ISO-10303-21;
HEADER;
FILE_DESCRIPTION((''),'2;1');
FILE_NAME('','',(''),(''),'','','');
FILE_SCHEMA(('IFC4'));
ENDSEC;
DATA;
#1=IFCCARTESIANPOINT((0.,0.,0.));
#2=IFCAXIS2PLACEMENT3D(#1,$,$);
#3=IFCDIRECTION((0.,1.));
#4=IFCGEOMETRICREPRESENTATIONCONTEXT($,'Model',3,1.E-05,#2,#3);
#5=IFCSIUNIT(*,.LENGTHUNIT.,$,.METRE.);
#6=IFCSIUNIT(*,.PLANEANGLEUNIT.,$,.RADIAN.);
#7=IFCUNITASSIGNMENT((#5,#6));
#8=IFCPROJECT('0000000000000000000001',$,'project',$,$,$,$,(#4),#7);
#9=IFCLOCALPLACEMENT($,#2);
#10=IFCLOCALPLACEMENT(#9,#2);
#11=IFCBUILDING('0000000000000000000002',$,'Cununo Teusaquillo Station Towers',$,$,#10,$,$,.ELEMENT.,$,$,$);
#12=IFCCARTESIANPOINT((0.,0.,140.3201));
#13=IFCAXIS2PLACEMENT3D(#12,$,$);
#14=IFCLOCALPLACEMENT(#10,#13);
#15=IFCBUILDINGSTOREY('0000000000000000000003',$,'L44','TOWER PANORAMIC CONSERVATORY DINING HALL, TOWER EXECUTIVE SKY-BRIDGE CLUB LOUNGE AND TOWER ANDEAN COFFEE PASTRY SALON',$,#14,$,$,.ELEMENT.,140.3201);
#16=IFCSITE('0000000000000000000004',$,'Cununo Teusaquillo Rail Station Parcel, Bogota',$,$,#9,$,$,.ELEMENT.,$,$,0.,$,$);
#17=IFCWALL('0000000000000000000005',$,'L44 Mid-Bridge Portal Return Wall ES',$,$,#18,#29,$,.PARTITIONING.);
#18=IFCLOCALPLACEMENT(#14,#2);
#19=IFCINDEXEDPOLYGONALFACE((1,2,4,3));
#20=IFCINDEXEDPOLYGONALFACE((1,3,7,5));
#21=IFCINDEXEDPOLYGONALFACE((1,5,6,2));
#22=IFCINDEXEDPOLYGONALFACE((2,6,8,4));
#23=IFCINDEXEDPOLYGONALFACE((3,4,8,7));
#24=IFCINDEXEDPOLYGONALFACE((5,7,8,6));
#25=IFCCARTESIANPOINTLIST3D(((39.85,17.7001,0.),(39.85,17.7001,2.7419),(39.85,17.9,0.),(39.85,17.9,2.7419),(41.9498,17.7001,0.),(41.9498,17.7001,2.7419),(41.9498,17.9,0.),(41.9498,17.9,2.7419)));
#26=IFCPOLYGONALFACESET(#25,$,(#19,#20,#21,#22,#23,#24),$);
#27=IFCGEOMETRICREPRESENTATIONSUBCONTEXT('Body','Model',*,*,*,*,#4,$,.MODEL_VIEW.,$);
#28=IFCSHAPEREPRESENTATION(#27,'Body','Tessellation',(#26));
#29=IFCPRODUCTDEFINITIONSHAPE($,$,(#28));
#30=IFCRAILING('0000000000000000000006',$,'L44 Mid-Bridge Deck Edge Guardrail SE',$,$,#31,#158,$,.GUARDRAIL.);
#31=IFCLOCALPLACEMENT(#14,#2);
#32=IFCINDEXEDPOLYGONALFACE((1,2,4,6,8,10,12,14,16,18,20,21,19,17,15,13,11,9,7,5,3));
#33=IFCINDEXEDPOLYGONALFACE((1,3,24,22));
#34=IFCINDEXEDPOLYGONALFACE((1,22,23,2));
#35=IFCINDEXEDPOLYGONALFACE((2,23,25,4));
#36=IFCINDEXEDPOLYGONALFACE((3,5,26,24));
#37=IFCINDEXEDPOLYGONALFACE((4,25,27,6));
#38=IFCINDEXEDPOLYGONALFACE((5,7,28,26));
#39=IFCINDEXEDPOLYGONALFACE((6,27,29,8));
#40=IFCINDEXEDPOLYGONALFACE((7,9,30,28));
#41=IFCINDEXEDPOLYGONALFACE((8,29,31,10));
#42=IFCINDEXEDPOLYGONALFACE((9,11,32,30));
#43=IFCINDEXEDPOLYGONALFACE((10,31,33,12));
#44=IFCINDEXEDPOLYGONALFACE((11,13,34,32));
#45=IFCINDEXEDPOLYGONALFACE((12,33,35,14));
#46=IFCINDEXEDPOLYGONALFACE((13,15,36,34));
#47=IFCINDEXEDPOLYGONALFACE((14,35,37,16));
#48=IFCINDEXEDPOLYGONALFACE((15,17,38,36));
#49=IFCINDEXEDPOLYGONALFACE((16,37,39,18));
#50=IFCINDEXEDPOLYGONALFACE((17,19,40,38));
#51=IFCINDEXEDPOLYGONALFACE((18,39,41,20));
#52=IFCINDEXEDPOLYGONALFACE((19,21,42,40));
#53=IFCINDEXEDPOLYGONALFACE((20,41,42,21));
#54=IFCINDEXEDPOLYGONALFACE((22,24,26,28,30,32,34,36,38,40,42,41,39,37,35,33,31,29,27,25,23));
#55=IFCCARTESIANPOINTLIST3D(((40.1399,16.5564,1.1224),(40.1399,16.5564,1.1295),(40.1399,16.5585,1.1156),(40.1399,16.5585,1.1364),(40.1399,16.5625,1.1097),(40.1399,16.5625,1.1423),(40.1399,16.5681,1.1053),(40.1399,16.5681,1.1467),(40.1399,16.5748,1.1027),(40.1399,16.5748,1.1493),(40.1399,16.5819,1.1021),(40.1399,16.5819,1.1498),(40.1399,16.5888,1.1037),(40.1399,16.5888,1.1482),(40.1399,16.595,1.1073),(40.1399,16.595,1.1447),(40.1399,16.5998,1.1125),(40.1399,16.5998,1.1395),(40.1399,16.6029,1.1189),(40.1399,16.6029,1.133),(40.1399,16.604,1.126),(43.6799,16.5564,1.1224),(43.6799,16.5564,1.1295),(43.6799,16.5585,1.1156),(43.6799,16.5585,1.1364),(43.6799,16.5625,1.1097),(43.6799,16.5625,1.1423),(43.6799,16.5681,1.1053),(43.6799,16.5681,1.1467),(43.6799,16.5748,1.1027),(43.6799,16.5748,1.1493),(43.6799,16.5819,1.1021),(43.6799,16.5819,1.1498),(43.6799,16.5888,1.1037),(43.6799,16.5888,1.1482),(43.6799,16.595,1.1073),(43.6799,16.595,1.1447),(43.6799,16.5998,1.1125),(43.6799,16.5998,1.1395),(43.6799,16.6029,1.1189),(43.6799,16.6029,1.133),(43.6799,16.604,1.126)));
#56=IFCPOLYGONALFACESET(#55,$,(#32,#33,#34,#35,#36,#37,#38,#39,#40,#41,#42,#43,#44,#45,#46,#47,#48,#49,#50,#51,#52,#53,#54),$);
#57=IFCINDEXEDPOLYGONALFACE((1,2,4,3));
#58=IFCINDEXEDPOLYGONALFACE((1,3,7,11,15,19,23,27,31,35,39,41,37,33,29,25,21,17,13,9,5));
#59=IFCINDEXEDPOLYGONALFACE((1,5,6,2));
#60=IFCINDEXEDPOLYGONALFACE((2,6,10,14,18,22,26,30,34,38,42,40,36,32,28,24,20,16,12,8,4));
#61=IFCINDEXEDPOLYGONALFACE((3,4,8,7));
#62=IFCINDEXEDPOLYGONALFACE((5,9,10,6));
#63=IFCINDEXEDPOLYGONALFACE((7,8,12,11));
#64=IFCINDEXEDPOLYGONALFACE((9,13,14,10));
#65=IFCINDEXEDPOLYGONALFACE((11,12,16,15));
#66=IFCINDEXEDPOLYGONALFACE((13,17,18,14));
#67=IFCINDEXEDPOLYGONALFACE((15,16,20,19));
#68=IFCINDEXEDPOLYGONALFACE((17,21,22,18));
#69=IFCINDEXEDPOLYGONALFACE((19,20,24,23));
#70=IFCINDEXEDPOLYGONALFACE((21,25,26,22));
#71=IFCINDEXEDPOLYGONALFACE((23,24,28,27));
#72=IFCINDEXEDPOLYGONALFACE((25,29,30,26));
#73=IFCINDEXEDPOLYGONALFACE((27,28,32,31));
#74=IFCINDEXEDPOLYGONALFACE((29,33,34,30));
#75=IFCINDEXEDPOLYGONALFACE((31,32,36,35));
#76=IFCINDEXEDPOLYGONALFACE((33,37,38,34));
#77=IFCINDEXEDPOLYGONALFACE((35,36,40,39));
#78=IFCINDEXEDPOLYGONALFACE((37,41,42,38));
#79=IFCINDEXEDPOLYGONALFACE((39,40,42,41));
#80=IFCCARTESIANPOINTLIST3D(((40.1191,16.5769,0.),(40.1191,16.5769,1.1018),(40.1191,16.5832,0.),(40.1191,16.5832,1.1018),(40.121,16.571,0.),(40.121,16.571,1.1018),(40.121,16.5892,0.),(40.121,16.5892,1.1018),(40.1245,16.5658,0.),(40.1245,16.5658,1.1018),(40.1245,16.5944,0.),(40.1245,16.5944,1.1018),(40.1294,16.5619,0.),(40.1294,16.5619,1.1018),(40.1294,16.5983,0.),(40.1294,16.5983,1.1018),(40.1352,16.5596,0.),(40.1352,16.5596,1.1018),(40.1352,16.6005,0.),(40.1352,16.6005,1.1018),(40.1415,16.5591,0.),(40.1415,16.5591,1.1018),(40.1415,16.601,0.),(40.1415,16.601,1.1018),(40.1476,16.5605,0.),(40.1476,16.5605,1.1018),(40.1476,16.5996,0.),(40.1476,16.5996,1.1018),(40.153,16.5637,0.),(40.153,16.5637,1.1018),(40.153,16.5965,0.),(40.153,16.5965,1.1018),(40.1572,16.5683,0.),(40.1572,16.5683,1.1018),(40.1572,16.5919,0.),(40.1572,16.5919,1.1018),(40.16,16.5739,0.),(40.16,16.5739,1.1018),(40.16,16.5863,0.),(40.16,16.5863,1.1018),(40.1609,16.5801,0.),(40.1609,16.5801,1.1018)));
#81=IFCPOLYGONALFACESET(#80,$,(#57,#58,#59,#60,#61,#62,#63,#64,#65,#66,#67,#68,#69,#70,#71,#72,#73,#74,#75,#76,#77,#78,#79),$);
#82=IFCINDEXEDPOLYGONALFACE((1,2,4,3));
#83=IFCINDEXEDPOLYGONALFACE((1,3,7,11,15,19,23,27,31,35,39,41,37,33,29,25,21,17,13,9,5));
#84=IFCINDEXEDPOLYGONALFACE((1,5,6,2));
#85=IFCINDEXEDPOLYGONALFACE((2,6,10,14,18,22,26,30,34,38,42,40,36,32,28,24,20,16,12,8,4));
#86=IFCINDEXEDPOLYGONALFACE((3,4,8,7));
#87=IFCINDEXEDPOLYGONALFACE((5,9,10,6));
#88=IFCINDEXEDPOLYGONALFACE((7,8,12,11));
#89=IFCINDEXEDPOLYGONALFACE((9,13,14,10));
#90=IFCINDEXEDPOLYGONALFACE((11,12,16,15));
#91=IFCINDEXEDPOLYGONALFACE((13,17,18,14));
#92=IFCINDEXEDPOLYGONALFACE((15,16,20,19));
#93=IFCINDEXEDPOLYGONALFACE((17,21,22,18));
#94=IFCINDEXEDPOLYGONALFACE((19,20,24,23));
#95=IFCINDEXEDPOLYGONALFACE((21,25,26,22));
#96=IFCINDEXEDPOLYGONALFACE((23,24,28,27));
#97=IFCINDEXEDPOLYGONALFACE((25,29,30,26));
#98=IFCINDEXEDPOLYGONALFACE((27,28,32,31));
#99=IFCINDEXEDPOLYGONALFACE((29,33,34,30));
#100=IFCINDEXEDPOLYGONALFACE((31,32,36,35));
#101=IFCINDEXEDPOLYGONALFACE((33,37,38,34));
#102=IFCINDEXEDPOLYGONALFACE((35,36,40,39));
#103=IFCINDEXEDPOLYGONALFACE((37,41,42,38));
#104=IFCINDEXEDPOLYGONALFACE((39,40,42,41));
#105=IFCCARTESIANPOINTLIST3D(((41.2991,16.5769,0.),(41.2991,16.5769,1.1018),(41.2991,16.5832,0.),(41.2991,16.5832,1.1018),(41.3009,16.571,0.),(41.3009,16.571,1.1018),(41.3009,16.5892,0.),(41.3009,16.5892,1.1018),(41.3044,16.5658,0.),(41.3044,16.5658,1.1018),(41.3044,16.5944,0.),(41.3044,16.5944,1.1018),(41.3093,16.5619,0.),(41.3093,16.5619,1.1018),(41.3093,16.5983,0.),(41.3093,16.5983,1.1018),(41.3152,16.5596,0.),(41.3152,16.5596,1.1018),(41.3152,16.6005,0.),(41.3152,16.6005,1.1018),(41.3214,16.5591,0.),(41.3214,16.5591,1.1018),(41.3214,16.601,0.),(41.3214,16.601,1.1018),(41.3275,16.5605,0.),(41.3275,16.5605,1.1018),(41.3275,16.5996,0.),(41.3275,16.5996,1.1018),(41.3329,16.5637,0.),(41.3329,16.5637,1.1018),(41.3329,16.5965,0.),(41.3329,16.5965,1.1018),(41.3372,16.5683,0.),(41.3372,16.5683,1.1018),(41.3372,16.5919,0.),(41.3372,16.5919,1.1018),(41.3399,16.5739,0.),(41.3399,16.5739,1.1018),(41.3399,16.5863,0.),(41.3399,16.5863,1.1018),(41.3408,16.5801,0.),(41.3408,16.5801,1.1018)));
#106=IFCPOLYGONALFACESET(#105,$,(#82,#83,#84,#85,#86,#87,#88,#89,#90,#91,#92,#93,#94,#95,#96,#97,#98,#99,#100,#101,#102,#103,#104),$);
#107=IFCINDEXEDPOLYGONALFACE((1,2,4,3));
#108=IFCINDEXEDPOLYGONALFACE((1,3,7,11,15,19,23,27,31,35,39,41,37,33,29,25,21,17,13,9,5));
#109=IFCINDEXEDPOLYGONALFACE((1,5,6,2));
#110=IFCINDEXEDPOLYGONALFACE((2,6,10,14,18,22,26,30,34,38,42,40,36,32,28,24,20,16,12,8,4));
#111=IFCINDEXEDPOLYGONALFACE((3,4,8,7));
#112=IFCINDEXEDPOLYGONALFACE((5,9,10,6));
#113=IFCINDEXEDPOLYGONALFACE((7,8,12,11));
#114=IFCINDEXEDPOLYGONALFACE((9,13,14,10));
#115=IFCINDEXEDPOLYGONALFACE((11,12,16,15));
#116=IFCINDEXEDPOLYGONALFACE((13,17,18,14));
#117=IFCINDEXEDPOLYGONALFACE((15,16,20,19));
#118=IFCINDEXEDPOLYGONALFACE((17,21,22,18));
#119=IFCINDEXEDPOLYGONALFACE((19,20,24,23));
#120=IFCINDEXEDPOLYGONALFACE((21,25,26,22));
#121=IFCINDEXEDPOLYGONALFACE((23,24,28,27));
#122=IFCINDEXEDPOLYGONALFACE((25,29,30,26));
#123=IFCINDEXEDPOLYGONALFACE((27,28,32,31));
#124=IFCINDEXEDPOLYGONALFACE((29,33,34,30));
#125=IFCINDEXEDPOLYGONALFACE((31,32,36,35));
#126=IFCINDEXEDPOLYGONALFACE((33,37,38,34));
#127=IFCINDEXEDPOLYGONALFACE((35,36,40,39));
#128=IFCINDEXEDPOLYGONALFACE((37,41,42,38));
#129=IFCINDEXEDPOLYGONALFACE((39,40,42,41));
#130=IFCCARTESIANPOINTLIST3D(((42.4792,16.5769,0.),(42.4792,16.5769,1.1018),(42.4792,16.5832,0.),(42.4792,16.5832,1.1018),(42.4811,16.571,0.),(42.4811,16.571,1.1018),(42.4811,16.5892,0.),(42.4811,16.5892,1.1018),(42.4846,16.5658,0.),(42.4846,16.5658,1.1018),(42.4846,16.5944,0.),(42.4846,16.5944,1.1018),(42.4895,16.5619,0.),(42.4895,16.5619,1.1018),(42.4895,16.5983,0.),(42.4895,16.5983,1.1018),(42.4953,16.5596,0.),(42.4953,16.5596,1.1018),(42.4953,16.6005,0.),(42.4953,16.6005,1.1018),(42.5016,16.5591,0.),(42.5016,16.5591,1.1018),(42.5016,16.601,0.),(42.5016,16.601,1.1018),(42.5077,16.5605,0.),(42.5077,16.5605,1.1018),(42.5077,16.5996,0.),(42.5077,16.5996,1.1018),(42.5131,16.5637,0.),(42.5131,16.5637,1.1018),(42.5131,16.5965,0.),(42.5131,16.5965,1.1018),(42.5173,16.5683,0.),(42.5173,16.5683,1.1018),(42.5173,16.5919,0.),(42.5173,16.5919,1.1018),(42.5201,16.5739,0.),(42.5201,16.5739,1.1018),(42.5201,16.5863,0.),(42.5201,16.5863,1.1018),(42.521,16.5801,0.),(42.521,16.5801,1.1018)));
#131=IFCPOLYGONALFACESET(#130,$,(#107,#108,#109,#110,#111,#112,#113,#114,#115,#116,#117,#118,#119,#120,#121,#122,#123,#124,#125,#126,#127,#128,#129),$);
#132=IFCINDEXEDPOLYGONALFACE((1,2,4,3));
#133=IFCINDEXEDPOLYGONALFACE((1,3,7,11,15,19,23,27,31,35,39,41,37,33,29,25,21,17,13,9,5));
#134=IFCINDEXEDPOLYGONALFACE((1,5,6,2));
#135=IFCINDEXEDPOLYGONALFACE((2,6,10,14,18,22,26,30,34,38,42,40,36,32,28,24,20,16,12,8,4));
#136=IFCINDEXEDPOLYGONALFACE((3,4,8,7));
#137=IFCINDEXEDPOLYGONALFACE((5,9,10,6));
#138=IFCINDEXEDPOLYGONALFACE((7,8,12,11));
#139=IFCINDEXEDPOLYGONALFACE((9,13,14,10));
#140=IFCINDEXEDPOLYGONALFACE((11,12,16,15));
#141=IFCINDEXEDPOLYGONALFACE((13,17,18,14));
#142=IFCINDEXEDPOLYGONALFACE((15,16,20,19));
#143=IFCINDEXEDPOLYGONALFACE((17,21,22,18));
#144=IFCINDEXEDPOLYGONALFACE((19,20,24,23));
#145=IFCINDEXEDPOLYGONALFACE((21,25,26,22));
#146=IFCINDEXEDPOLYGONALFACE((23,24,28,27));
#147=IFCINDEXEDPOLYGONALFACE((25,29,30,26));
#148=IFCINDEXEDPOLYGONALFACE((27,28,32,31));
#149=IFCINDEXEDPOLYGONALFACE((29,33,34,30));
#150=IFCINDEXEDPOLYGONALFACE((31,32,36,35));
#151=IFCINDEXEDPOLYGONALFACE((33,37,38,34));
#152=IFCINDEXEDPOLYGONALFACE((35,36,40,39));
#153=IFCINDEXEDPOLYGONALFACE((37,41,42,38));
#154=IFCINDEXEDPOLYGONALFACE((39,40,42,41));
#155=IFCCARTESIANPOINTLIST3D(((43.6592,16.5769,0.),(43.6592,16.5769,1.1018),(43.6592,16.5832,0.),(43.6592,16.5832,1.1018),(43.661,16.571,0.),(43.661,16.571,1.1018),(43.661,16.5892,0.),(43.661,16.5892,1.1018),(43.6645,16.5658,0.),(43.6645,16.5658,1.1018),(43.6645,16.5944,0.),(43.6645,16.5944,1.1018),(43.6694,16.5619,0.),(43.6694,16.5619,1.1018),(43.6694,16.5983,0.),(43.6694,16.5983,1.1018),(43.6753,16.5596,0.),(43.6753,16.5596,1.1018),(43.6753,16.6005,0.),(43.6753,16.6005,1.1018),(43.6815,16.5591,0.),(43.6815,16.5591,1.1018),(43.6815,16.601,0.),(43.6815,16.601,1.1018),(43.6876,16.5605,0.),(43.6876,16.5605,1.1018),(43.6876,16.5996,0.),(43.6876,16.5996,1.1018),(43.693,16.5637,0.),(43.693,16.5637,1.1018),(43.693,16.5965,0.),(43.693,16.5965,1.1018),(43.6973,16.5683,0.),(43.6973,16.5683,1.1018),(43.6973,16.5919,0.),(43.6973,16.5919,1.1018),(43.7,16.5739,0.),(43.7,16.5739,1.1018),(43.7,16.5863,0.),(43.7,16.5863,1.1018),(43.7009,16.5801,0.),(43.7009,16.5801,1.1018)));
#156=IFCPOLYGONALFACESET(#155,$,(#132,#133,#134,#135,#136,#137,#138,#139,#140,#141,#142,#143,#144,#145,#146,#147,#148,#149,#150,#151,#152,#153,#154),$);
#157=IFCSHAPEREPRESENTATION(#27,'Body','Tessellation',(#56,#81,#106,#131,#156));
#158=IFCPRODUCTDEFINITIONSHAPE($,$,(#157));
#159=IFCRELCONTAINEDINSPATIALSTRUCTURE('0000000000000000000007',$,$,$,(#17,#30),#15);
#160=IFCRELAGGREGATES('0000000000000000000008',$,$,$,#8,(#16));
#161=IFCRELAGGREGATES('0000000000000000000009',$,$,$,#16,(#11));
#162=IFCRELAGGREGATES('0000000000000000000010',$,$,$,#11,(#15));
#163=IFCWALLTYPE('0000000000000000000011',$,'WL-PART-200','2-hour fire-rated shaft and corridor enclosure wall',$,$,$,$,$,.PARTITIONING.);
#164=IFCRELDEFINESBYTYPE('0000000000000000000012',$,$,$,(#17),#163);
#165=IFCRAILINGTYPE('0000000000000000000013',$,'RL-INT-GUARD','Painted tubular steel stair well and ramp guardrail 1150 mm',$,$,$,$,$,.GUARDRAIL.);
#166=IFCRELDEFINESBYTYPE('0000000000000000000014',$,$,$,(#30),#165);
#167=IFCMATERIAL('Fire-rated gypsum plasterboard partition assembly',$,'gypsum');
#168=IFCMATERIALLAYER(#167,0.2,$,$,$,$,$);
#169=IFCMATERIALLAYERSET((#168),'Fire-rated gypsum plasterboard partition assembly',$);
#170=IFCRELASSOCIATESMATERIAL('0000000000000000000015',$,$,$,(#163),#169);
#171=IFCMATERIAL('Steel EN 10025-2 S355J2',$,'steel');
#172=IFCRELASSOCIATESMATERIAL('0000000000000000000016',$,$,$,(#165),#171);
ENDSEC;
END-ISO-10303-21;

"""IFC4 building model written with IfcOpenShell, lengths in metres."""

from ifc_helpers import new_model, si_unit, direction, frame, frame_2d, origin, origin_2d, place, context, subcontext, project, spatial, rectangle, circle, extrude, material, layer, layer_set, type_object, element, save


model = new_model("IFC4")

# Units and contexts
model_context = context("Model", 3, precision=1e-05, world=origin(), true_north=direction((0.0, 1.0)))
body_context = subcontext(model_context, "Body", "Model", "MODEL_VIEW")
ifc_project = project(units=[si_unit("LENGTHUNIT", "METRE"), si_unit("PLANEANGLEUNIT", "RADIAN")], contexts=[model_context])

# Site, building, storey
site_placement = place(None, origin())
site = spatial("IfcSite", under=ifc_project, at=site_placement, Name="Cununo Teusaquillo Rail Station Parcel, Bogota", CompositionType="ELEMENT", RefElevation=0.0)
building_placement = place(site_placement, origin())
building = spatial("IfcBuilding", under=site, at=building_placement, Name="Cununo Teusaquillo Station Towers", CompositionType="ELEMENT")
storey_placement = place(building_placement, frame((0.0, 0.0, 140.3201)))
storey = spatial("IfcBuildingStorey", under=building, at=storey_placement, Name="L44", Description="TOWER PANORAMIC CONSERVATORY DINING HALL, TOWER EXECUTIVE SKY-BRIDGE CLUB LOUNGE AND TOWER ANDEAN COFFEE PASTRY SALON", CompositionType="ELEMENT", Elevation=140.3201)

# Shared definitions
ifc_material_1 = material(Name="Fire-rated gypsum plasterboard partition assembly", Category="gypsum")
ifc_layer_1 = layer(ifc_material_1, 0.2)
ifc_layer_set_1 = layer_set([ifc_layer_1], Name="Fire-rated gypsum plasterboard partition assembly")
wall_type_1 = type_object("IfcWallType", Name="WL-PART-200", Description="2-hour fire-rated shaft and corridor enclosure wall", PredefinedType="PARTITIONING", material=ifc_layer_set_1)

# Wall
wall_1_placement = place(storey_placement, frame((39.8501, 17.8, 0.0), z_axis=(0.0, 0.0, 1.0), x_axis=(1.0, 0.0, 0.0)))
element("IfcWall", 1, at=wall_1_placement, inside=storey, type_object=wall_type_1, Name="L44 Mid-Bridge Portal Return Wall ES", PredefinedType="PARTITIONING", context=body_context, shape_type="SweptSolid", body=[
    extrude(rectangle(XDim=2.0999, YDim=0.2, at=frame_2d((1.0498, 0.0))), origin(), (0.0, 0.0, 1.0), 2.7419),
])

# Railing
ifc_material_2 = material(Name="Steel EN 10025-2 S355J2", Category="steel")
railing_type = type_object("IfcRailingType", Name="RL-INT-GUARD", Description="Painted tubular steel stair well and ramp guardrail 1150 mm", PredefinedType="GUARDRAIL", material=ifc_material_2)
railing_placement = place(storey_placement, frame((40.1399, 16.5801, 0.0)))
element("IfcRailing", 2, at=railing_placement, inside=storey, type_object=railing_type, Name="L44 Mid-Bridge Deck Edge Guardrail SE", PredefinedType="GUARDRAIL", context=body_context, shape_type="SweptSolid", body=[
    extrude(circle(Radius=0.0239, at=origin_2d()), frame((0.0, 0.0, 1.126), z_axis=(1.0, 0.0, 0.0), x_axis=(0.0, 1.0, 0.0)), (0.0, 0.0, 1.0), 3.54),
    extrude(circle(Radius=0.021, at=origin_2d()), origin(), (0.0, 0.0, 1.0), 1.1018),
    extrude(circle(Radius=0.021, at=origin_2d()), frame((1.1799, 0.0, 0.0)), (0.0, 0.0, 1.0), 1.1018),
    extrude(circle(Radius=0.021, at=origin_2d()), frame((2.3601, 0.0, 0.0)), (0.0, 0.0, 1.0), 1.1018),
    extrude(circle(Radius=0.021, at=origin_2d()), frame((3.54, 0.0, 0.0)), (0.0, 0.0, 1.0), 1.1018),
])

save(model, "model.ifc")
